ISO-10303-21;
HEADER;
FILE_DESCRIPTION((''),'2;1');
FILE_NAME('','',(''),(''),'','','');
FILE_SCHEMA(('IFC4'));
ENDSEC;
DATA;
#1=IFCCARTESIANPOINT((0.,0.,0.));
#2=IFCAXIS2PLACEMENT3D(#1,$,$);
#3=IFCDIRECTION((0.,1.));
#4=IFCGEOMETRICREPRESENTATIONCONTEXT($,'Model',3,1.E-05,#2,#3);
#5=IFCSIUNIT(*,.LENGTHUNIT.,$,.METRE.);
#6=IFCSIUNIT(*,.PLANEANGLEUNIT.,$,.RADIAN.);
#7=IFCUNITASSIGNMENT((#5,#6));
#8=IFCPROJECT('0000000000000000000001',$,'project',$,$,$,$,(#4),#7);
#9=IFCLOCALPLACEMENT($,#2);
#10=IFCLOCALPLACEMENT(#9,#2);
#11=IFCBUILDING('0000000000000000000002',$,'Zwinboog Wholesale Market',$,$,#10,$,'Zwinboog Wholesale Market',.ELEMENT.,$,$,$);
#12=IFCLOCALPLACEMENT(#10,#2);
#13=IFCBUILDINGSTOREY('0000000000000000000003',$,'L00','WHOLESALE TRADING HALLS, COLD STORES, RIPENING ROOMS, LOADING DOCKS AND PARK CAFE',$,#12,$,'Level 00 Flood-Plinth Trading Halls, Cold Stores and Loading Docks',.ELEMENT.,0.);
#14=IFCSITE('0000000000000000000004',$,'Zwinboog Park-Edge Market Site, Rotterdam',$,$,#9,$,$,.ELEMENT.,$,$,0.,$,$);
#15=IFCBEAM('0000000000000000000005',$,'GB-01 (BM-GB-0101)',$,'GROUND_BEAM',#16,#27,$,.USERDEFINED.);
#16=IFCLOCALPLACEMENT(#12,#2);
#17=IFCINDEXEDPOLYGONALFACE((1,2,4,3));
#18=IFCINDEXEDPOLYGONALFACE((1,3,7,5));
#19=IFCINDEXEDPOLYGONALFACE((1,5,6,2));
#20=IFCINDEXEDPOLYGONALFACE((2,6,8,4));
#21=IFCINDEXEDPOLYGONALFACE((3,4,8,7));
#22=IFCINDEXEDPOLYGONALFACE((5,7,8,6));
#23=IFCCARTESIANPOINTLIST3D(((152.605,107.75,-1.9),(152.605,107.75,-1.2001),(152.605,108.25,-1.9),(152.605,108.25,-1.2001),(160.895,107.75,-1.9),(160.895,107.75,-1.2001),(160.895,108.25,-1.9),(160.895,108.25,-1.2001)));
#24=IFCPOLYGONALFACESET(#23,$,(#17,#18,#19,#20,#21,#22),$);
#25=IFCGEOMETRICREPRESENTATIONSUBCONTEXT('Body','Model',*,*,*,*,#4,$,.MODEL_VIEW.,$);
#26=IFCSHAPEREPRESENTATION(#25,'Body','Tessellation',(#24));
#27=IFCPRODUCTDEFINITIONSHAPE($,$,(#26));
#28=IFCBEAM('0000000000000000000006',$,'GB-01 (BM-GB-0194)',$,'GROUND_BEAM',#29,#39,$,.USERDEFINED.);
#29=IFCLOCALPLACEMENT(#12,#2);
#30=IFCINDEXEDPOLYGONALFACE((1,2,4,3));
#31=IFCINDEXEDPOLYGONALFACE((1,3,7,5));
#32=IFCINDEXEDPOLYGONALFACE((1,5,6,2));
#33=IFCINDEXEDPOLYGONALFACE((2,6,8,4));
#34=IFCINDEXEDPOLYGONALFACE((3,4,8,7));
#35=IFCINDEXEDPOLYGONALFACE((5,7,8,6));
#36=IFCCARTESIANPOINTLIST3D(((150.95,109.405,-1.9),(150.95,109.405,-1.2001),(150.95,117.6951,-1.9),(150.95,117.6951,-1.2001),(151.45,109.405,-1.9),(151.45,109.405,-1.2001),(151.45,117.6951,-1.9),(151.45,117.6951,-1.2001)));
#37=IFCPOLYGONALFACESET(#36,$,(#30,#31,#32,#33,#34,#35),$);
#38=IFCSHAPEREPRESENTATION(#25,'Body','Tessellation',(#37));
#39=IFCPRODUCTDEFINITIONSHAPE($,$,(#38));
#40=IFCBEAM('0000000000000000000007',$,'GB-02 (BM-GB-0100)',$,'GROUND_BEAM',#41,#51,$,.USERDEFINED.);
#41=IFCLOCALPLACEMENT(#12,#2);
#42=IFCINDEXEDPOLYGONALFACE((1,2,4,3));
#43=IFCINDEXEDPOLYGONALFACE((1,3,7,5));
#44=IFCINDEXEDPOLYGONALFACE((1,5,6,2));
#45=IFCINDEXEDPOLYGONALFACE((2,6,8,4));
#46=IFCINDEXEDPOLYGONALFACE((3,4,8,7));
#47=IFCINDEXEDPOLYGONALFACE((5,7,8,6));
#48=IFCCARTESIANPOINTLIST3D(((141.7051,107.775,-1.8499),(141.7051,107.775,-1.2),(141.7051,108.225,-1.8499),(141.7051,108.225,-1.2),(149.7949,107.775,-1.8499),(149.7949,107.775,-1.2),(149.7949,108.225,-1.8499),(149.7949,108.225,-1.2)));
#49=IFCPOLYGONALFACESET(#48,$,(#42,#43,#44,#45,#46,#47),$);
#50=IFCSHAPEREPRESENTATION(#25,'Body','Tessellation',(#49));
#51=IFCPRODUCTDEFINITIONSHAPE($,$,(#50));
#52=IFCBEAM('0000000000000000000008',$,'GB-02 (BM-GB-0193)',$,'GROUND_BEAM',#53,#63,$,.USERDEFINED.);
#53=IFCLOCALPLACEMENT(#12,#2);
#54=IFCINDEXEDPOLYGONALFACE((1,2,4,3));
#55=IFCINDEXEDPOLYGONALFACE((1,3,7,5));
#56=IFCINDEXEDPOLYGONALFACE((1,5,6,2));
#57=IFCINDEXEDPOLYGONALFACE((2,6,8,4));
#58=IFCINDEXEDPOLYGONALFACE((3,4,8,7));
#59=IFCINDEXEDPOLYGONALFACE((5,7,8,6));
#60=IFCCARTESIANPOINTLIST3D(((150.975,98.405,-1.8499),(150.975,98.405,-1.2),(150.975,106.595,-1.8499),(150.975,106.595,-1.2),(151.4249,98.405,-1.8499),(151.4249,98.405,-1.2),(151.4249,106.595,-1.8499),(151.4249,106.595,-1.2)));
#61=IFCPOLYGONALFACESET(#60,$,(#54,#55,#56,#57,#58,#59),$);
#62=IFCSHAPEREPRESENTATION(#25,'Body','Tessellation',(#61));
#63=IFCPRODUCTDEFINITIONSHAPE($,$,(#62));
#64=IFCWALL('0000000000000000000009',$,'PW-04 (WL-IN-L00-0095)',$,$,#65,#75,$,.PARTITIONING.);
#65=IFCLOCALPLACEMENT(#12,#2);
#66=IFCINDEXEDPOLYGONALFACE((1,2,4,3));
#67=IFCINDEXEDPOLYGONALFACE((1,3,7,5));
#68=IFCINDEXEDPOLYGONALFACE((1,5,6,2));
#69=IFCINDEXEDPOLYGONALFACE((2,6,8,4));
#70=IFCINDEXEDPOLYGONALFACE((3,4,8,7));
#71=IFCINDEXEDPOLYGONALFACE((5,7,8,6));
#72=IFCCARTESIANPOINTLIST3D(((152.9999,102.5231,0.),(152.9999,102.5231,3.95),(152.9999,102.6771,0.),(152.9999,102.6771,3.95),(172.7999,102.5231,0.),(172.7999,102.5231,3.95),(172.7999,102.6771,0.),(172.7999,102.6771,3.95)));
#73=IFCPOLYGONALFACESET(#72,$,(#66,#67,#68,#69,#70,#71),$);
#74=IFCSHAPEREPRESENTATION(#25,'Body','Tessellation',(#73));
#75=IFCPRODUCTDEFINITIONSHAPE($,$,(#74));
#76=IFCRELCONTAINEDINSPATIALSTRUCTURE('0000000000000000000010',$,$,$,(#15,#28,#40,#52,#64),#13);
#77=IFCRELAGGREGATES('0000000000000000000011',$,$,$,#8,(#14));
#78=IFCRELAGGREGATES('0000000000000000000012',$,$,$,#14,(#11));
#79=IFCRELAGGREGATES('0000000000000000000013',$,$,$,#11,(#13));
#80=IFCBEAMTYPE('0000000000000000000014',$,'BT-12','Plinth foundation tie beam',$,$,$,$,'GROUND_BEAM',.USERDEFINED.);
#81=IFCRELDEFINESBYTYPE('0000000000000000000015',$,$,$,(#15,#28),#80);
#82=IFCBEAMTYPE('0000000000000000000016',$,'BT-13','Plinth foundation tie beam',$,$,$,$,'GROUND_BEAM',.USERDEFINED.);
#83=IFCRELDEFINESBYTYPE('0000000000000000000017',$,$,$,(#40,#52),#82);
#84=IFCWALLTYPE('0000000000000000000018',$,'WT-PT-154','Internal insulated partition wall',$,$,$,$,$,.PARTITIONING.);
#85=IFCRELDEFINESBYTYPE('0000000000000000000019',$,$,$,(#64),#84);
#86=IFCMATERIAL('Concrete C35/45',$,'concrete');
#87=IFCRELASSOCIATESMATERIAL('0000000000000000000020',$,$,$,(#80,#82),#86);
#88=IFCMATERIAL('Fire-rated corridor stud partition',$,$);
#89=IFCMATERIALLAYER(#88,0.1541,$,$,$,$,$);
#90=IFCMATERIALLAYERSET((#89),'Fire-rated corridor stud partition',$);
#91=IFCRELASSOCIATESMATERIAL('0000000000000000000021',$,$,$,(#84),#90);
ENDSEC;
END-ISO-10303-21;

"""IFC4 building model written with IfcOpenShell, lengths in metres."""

from ifc_helpers import new_model, si_unit, direction, frame, frame_2d, origin, origin_2d, place, context, subcontext, project, spatial, rectangle, extrude, material, layer, layer_set, material_profile, profile_set, type_object, element, save


model = new_model("IFC4")

# Units and contexts
model_context = context("Model", 3, precision=1e-05, world=origin(), true_north=direction((0.0, 1.0)))
body_context = subcontext(model_context, "Body", "Model", "MODEL_VIEW")
ifc_project = project(units=[si_unit("LENGTHUNIT", "METRE"), si_unit("PLANEANGLEUNIT", "RADIAN")], contexts=[model_context])

# Site, building, storey
site_placement = place(None, origin())
site = spatial("IfcSite", under=ifc_project, at=site_placement, Name="Zwinboog Park-Edge Market Site, Rotterdam", CompositionType="ELEMENT", RefElevation=0.0)
building_placement = place(site_placement, origin())
building = spatial("IfcBuilding", under=site, at=building_placement, Name="Zwinboog Wholesale Market", LongName="Zwinboog Wholesale Market", CompositionType="ELEMENT")
storey_placement = place(building_placement, origin())
storey = spatial("IfcBuildingStorey", under=building, at=storey_placement, Name="L00", Description="WHOLESALE TRADING HALLS, COLD STORES, RIPENING ROOMS, LOADING DOCKS AND PARK CAFE", LongName="Level 00 Flood-Plinth Trading Halls, Cold Stores and Loading Docks", CompositionType="ELEMENT", Elevation=0.0)

# Shared definitions
ifc_material_1 = material(Name="Concrete C35/45", Category="concrete")

# Beams
ifc_material_profile_1 = material_profile(ifc_material_1, rectangle(XDim=0.5, YDim=0.7, at=origin_2d()), Name="RC 500x700")
ifc_profile_set_1 = profile_set([ifc_material_profile_1], Name="Concrete C35/45")
beam_type_1 = type_object("IfcBeamType", Name="BT-12", Description="Plinth foundation tie beam", ElementType="GROUND_BEAM", PredefinedType="USERDEFINED", material=ifc_profile_set_1)
for number, where, z_axis, x_axis, name in (
    (1, (152.605, 108.0, -1.55), (1.0, 0.0, 0.0), (0.0, 1.0, 0.0), "GB-01 (BM-GB-0101)"),
    (2, (151.2, 109.405, -1.55), (0.0, 1.0, 0.0), (-1.0, 0.0, 0.0), "GB-01 (BM-GB-0194)"),
):
    element("IfcBeam", number, at=place(storey_placement, frame(where, z_axis=z_axis, x_axis=x_axis)), inside=storey, type_object=beam_type_1, Name=name, ObjectType="GROUND_BEAM", PredefinedType="USERDEFINED", context=body_context, shape_type="SweptSolid", body=[
        extrude(rectangle(XDim=0.5, YDim=0.7, at=origin_2d()), origin(), (0.0, 0.0, 1.0), 8.29),
    ])
ifc_material_profile_2 = material_profile(ifc_material_1, rectangle(XDim=0.45, YDim=0.6499, at=origin_2d()), Name="RC 450x650")
ifc_profile_set_2 = profile_set([ifc_material_profile_2], Name="Concrete C35/45")
beam_type_2 = type_object("IfcBeamType", Name="BT-13", Description="Plinth foundation tie beam", ElementType="GROUND_BEAM", PredefinedType="USERDEFINED", material=ifc_profile_set_2)
beam_1_placement = place(storey_placement, frame((141.7051, 108.0, -1.5249), z_axis=(1.0, 0.0, 0.0), x_axis=(0.0, 1.0, 0.0)))
element("IfcBeam", 3, at=beam_1_placement, inside=storey, type_object=beam_type_2, Name="GB-02 (BM-GB-0100)", ObjectType="GROUND_BEAM", PredefinedType="USERDEFINED", context=body_context, shape_type="SweptSolid", body=[
    extrude(rectangle(XDim=0.45, YDim=0.6499, at=origin_2d()), origin(), (0.0, 0.0, 1.0), 8.0898),
])
beam_2_placement = place(storey_placement, frame((151.2, 98.405, -1.5249), z_axis=(0.0, 1.0, 0.0), x_axis=(-1.0, 0.0, 0.0)))
element("IfcBeam", 4, at=beam_2_placement, inside=storey, type_object=beam_type_2, Name="GB-02 (BM-GB-0193)", ObjectType="GROUND_BEAM", PredefinedType="USERDEFINED", context=body_context, shape_type="SweptSolid", body=[
    extrude(rectangle(XDim=0.45, YDim=0.6499, at=origin_2d()), origin(), (0.0, 0.0, 1.0), 8.1899),
])

# Wall
ifc_material_2 = material(Name="Fire-rated corridor stud partition")
ifc_layer = layer(ifc_material_2, 0.1541)
ifc_layer_set = layer_set([ifc_layer], Name="Fire-rated corridor stud partition")
wall_type = type_object("IfcWallType", Name="WT-PT-154", Description="Internal insulated partition wall", PredefinedType="PARTITIONING", material=ifc_layer_set)
wall_placement = place(storey_placement, frame((153.0, 102.6001, 0.0), z_axis=(0.0, 0.0, 1.0), x_axis=(1.0, 0.0, 0.0)))
element("IfcWall", 5, at=wall_placement, inside=storey, type_object=wall_type, Name="PW-04 (WL-IN-L00-0095)", PredefinedType="PARTITIONING", context=body_context, shape_type="SweptSolid", body=[
    extrude(rectangle(XDim=19.8, YDim=0.1541, at=frame_2d((9.8999, 0.0))), origin(), (0.0, 0.0, 1.0), 3.95),
])

save(model, "model.ifc")
